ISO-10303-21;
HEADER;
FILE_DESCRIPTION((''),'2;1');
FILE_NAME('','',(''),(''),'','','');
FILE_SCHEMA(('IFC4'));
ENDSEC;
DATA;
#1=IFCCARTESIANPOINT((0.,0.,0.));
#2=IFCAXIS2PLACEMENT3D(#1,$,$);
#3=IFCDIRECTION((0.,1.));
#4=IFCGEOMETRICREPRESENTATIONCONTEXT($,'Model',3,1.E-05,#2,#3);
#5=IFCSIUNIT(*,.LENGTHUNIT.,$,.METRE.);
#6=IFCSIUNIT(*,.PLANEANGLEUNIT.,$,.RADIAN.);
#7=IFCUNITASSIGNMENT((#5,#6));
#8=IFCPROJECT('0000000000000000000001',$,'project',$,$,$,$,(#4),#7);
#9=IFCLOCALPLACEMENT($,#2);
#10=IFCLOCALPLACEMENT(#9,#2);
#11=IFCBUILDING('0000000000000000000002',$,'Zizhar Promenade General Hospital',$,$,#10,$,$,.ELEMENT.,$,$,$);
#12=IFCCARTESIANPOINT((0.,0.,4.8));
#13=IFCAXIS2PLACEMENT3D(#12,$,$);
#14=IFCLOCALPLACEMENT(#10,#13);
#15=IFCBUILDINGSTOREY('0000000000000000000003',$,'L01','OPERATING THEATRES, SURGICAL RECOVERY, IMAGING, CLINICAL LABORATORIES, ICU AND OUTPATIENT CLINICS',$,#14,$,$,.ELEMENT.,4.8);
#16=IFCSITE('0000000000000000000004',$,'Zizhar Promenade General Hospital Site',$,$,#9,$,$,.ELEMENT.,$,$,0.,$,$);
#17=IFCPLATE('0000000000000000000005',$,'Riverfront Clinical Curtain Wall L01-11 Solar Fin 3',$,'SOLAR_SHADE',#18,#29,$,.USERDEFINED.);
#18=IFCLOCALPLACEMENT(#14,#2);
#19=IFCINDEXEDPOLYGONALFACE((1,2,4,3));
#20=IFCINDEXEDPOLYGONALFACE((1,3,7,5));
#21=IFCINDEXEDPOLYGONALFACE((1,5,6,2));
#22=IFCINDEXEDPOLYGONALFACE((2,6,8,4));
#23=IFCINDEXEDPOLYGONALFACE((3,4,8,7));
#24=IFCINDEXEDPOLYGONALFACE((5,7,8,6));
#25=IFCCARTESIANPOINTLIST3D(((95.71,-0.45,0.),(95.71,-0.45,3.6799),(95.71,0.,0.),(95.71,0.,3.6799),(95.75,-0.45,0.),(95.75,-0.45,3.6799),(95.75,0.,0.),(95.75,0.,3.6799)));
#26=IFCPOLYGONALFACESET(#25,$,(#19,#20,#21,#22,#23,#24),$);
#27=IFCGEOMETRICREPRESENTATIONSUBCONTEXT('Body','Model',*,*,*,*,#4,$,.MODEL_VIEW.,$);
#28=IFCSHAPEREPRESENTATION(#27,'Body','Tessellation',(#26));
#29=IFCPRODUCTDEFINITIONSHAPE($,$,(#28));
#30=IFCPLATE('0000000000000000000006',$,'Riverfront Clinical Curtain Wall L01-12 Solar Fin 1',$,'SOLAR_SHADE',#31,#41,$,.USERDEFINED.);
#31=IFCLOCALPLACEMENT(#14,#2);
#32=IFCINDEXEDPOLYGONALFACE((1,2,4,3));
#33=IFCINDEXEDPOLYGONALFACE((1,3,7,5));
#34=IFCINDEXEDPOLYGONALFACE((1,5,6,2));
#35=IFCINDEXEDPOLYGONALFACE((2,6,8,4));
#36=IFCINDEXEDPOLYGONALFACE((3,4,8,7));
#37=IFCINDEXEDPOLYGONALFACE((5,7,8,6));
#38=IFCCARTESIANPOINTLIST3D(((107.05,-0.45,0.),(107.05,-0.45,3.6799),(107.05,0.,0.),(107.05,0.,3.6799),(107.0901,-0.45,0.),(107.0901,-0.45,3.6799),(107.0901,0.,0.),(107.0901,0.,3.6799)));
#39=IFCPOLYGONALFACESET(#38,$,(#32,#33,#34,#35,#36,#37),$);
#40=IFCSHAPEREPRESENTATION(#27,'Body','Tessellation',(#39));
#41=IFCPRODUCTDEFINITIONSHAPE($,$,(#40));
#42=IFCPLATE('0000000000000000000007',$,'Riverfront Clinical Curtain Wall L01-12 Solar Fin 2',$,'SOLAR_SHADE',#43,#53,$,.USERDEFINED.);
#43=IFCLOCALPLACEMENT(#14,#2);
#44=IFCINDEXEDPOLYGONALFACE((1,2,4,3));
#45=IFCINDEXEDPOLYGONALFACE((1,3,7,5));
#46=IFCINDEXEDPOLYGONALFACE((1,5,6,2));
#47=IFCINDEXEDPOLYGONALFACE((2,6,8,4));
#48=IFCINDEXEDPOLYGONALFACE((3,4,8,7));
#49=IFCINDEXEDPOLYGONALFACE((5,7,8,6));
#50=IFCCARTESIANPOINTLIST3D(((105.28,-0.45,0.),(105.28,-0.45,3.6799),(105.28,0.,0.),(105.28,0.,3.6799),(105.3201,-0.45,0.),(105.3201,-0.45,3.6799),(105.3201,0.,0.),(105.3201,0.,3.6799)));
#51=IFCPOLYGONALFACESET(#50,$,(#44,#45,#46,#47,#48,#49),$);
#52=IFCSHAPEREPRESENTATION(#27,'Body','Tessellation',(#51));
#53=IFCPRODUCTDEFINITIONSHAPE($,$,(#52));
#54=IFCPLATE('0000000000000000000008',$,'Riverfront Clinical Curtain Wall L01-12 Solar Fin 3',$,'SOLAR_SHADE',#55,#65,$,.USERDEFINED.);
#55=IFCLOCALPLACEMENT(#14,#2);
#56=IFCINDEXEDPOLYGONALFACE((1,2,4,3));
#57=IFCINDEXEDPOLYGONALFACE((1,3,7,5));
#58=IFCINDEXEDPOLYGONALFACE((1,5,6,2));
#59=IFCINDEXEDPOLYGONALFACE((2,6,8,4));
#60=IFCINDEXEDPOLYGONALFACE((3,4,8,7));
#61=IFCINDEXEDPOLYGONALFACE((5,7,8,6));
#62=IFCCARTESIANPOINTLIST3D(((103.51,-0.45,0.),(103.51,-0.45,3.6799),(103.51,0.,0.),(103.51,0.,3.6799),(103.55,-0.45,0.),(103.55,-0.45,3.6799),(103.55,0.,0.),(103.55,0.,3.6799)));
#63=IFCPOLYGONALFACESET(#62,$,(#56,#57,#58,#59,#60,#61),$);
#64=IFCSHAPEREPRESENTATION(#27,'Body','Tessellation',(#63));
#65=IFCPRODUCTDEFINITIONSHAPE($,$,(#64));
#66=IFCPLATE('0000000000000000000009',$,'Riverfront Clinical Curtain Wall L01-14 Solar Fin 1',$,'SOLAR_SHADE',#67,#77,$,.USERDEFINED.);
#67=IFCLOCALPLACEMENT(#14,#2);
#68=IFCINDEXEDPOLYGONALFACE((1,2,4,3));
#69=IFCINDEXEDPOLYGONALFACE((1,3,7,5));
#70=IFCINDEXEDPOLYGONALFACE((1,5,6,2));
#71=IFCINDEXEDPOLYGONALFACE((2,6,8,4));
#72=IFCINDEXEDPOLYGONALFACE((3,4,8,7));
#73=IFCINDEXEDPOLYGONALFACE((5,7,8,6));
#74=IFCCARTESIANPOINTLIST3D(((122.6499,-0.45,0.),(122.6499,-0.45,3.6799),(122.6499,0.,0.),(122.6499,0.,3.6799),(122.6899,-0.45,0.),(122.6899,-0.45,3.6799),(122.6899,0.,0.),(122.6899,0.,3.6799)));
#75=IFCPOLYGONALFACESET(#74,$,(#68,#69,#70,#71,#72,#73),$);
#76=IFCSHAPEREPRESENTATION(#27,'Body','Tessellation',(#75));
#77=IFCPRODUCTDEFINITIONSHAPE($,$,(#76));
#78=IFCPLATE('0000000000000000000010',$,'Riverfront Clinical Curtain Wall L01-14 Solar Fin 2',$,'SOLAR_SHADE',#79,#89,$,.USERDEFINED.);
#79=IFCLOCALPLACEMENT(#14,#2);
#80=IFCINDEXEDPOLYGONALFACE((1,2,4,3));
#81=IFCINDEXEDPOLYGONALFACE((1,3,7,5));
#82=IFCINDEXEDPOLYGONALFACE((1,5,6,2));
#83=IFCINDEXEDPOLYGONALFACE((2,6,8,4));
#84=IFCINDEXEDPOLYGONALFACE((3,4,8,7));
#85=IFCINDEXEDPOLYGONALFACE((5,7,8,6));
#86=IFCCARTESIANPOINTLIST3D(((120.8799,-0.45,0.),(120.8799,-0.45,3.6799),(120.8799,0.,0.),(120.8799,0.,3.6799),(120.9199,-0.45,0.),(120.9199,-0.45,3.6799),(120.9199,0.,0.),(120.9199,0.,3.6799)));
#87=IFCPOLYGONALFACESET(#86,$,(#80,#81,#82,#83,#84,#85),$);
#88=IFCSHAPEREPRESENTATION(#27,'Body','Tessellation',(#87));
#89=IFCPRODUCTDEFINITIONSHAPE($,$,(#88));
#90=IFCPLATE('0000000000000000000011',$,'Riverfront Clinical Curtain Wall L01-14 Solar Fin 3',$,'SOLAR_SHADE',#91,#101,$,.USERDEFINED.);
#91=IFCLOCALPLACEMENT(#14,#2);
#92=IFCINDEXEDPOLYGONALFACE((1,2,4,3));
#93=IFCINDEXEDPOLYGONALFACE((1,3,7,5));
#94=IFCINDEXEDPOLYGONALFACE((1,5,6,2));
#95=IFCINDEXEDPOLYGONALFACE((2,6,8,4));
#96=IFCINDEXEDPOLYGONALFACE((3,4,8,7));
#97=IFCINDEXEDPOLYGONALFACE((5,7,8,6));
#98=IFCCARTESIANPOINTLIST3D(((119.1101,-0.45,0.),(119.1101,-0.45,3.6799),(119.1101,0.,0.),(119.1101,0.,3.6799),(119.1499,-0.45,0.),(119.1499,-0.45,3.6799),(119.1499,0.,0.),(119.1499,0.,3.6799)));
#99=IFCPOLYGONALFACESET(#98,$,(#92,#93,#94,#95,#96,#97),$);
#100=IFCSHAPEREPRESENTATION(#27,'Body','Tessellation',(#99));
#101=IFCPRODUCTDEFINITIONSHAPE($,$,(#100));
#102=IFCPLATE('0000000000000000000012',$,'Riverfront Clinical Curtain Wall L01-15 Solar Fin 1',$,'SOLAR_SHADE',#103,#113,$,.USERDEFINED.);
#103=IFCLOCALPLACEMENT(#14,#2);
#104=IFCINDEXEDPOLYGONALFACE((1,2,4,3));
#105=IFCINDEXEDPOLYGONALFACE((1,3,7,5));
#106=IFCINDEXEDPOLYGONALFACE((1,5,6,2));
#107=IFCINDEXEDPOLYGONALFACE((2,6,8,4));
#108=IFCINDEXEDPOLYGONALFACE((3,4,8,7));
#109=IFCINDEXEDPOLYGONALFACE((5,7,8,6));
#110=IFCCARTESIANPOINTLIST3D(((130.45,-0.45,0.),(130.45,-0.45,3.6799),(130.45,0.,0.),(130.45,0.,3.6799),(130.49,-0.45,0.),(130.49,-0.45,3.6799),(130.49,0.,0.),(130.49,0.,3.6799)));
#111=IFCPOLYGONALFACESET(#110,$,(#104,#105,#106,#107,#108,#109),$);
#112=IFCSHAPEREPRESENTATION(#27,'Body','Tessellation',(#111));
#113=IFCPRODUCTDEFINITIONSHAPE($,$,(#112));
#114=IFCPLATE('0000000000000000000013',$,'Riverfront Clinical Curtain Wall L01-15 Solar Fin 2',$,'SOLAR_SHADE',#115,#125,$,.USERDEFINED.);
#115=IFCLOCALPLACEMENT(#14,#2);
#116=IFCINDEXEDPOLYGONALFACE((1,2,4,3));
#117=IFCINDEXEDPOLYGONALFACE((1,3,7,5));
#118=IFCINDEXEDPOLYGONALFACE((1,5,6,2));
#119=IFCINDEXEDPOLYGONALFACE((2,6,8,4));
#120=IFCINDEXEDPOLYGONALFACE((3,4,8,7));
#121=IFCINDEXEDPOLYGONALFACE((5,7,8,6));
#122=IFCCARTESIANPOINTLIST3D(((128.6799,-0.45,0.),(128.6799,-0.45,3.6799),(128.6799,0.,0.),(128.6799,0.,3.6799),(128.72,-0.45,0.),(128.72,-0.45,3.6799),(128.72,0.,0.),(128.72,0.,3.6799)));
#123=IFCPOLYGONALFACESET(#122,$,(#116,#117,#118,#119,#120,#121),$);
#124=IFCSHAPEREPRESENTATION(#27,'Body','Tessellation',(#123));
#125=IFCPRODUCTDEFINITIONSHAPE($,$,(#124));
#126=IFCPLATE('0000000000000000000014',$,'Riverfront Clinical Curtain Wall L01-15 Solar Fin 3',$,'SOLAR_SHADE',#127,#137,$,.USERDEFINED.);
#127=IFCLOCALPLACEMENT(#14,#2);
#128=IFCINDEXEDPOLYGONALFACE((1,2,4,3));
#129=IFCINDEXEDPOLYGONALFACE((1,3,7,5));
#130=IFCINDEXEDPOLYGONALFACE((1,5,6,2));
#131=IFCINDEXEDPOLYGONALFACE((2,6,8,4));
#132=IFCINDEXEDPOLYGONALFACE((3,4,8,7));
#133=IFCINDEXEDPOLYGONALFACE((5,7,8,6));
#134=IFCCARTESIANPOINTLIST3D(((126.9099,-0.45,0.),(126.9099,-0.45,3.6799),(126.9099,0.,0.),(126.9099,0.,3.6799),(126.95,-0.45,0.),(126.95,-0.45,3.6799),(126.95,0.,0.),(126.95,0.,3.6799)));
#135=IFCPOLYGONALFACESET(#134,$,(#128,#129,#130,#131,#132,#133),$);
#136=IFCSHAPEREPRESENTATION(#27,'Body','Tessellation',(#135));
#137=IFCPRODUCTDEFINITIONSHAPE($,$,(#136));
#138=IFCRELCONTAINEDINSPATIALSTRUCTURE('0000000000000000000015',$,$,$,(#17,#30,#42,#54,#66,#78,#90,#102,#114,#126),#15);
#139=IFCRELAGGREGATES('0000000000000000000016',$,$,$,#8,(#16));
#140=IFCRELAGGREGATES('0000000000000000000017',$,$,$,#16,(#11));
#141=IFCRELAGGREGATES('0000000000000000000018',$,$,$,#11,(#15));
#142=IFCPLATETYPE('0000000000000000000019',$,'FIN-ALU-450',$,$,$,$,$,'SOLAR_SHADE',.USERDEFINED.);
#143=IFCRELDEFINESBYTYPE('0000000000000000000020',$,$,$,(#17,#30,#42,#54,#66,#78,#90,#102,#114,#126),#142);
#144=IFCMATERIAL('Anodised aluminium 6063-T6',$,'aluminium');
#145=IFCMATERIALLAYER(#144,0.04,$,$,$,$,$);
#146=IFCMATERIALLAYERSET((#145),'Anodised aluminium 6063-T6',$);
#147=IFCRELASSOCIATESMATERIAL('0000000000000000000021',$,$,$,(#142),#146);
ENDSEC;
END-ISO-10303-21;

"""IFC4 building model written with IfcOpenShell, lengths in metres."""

from ifc_helpers import new_model, si_unit, direction, frame, origin, place, context, subcontext, project, spatial, polyline, outline, extrude, material, layer, layer_set, type_object, element, save


model = new_model("IFC4")

# Units and contexts
model_context = context("Model", 3, precision=1e-05, world=origin(), true_north=direction((0.0, 1.0)))
body_context = subcontext(model_context, "Body", "Model", "MODEL_VIEW")
ifc_project = project(units=[si_unit("LENGTHUNIT", "METRE"), si_unit("PLANEANGLEUNIT", "RADIAN")], contexts=[model_context])

# Site, building, storey
site_placement = place(None, origin())
site = spatial("IfcSite", under=ifc_project, at=site_placement, Name="Zizhar Promenade General Hospital Site", CompositionType="ELEMENT", RefElevation=0.0)
building_placement = place(site_placement, origin())
building = spatial("IfcBuilding", under=site, at=building_placement, Name="Zizhar Promenade General Hospital", CompositionType="ELEMENT")
storey_placement = place(building_placement, frame((0.0, 0.0, 4.8)))
storey = spatial("IfcBuildingStorey", under=building, at=storey_placement, Name="L01", Description="OPERATING THEATRES, SURGICAL RECOVERY, IMAGING, CLINICAL LABORATORIES, ICU AND OUTPATIENT CLINICS", CompositionType="ELEMENT", Elevation=4.8)

# Plates
ifc_material_1 = material(Name="Anodised aluminium 6063-T6", Category="aluminium")
ifc_layer_1 = layer(ifc_material_1, 0.04)
ifc_layer_set_1 = layer_set([ifc_layer_1], Name="Anodised aluminium 6063-T6")
plate_type_1 = type_object("IfcPlateType", Name="FIN-ALU-450", ElementType="SOLAR_SHADE", PredefinedType="USERDEFINED", material=ifc_layer_set_1)
plate_1_placement = place(storey_placement, origin())
element("IfcPlate", 1, at=plate_1_placement, inside=storey, type_object=plate_type_1, Name="Riverfront Clinical Curtain Wall L01-11 Solar Fin 3", ObjectType="SOLAR_SHADE", PredefinedType="USERDEFINED", context=body_context, shape_type="SweptSolid", body=[
    extrude(outline(polyline([(95.75, 0.0), (95.71, 0.0), (95.71, -0.45), (95.75, -0.45), (95.75, 0.0)])), origin(), (0.0, 0.0, 1.0), 3.6799),
])
plate_2_placement = place(storey_placement, origin())
element("IfcPlate", 2, at=plate_2_placement, inside=storey, type_object=plate_type_1, Name="Riverfront Clinical Curtain Wall L01-12 Solar Fin 1", ObjectType="SOLAR_SHADE", PredefinedType="USERDEFINED", context=body_context, shape_type="SweptSolid", body=[
    extrude(outline(polyline([(107.0901, 0.0), (107.05, 0.0), (107.05, -0.45), (107.0901, -0.45), (107.0901, 0.0)])), origin(), (0.0, 0.0, 1.0), 3.6799),
])
plate_3_placement = place(storey_placement, origin())
element("IfcPlate", 3, at=plate_3_placement, inside=storey, type_object=plate_type_1, Name="Riverfront Clinical Curtain Wall L01-12 Solar Fin 2", ObjectType="SOLAR_SHADE", PredefinedType="USERDEFINED", context=body_context, shape_type="SweptSolid", body=[
    extrude(outline(polyline([(105.3201, 0.0), (105.28, 0.0), (105.28, -0.45), (105.3201, -0.45), (105.3201, 0.0)])), origin(), (0.0, 0.0, 1.0), 3.6799),
])
plate_4_placement = place(storey_placement, origin())
element("IfcPlate", 4, at=plate_4_placement, inside=storey, type_object=plate_type_1, Name="Riverfront Clinical Curtain Wall L01-12 Solar Fin 3", ObjectType="SOLAR_SHADE", PredefinedType="USERDEFINED", context=body_context, shape_type="SweptSolid", body=[
    extrude(outline(polyline([(103.55, 0.0), (103.51, 0.0), (103.51, -0.45), (103.55, -0.45), (103.55, 0.0)])), origin(), (0.0, 0.0, 1.0), 3.6799),
])
plate_5_placement = place(storey_placement, origin())
element("IfcPlate", 5, at=plate_5_placement, inside=storey, type_object=plate_type_1, Name="Riverfront Clinical Curtain Wall L01-14 Solar Fin 1", ObjectType="SOLAR_SHADE", PredefinedType="USERDEFINED", context=body_context, shape_type="SweptSolid", body=[
    extrude(outline(polyline([(122.6899, 0.0), (122.6499, 0.0), (122.6499, -0.45), (122.6899, -0.45), (122.6899, 0.0)])), origin(), (0.0, 0.0, 1.0), 3.6799),
])
plate_6_placement = place(storey_placement, origin())
element("IfcPlate", 6, at=plate_6_placement, inside=storey, type_object=plate_type_1, Name="Riverfront Clinical Curtain Wall L01-14 Solar Fin 2", ObjectType="SOLAR_SHADE", PredefinedType="USERDEFINED", context=body_context, shape_type="SweptSolid", body=[
    extrude(outline(polyline([(120.9199, 0.0), (120.8799, 0.0), (120.8799, -0.45), (120.9199, -0.45), (120.9199, 0.0)])), origin(), (0.0, 0.0, 1.0), 3.6799),
])
plate_7_placement = place(storey_placement, origin())
element("IfcPlate", 7, at=plate_7_placement, inside=storey, type_object=plate_type_1, Name="Riverfront Clinical Curtain Wall L01-14 Solar Fin 3", ObjectType="SOLAR_SHADE", PredefinedType="USERDEFINED", context=body_context, shape_type="SweptSolid", body=[
    extrude(outline(polyline([(119.1499, 0.0), (119.1101, 0.0), (119.1101, -0.45), (119.1499, -0.45), (119.1499, 0.0)])), origin(), (0.0, 0.0, 1.0), 3.6799),
])
plate_8_placement = place(storey_placement, origin())
element("IfcPlate", 8, at=plate_8_placement, inside=storey, type_object=plate_type_1, Name="Riverfront Clinical Curtain Wall L01-15 Solar Fin 1", ObjectType="SOLAR_SHADE", PredefinedType="USERDEFINED", context=body_context, shape_type="SweptSolid", body=[
    extrude(outline(polyline([(130.49, 0.0), (130.45, 0.0), (130.45, -0.45), (130.49, -0.45), (130.49, 0.0)])), origin(), (0.0, 0.0, 1.0), 3.6799),
])
plate_9_placement = place(storey_placement, origin())
element("IfcPlate", 9, at=plate_9_placement, inside=storey, type_object=plate_type_1, Name="Riverfront Clinical Curtain Wall L01-15 Solar Fin 2", ObjectType="SOLAR_SHADE", PredefinedType="USERDEFINED", context=body_context, shape_type="SweptSolid", body=[
    extrude(outline(polyline([(128.72, 0.0), (128.6799, 0.0), (128.6799, -0.45), (128.72, -0.45), (128.72, 0.0)])), origin(), (0.0, 0.0, 1.0), 3.6799),
])
plate_10_placement = place(storey_placement, origin())
element("IfcPlate", 10, at=plate_10_placement, inside=storey, type_object=plate_type_1, Name="Riverfront Clinical Curtain Wall L01-15 Solar Fin 3", ObjectType="SOLAR_SHADE", PredefinedType="USERDEFINED", context=body_context, shape_type="SweptSolid", body=[
    extrude(outline(polyline([(126.95, 0.0), (126.9099, 0.0), (126.9099, -0.45), (126.95, -0.45), (126.95, 0.0)])), origin(), (0.0, 0.0, 1.0), 3.6799),
])

save(model, "model.ifc")
